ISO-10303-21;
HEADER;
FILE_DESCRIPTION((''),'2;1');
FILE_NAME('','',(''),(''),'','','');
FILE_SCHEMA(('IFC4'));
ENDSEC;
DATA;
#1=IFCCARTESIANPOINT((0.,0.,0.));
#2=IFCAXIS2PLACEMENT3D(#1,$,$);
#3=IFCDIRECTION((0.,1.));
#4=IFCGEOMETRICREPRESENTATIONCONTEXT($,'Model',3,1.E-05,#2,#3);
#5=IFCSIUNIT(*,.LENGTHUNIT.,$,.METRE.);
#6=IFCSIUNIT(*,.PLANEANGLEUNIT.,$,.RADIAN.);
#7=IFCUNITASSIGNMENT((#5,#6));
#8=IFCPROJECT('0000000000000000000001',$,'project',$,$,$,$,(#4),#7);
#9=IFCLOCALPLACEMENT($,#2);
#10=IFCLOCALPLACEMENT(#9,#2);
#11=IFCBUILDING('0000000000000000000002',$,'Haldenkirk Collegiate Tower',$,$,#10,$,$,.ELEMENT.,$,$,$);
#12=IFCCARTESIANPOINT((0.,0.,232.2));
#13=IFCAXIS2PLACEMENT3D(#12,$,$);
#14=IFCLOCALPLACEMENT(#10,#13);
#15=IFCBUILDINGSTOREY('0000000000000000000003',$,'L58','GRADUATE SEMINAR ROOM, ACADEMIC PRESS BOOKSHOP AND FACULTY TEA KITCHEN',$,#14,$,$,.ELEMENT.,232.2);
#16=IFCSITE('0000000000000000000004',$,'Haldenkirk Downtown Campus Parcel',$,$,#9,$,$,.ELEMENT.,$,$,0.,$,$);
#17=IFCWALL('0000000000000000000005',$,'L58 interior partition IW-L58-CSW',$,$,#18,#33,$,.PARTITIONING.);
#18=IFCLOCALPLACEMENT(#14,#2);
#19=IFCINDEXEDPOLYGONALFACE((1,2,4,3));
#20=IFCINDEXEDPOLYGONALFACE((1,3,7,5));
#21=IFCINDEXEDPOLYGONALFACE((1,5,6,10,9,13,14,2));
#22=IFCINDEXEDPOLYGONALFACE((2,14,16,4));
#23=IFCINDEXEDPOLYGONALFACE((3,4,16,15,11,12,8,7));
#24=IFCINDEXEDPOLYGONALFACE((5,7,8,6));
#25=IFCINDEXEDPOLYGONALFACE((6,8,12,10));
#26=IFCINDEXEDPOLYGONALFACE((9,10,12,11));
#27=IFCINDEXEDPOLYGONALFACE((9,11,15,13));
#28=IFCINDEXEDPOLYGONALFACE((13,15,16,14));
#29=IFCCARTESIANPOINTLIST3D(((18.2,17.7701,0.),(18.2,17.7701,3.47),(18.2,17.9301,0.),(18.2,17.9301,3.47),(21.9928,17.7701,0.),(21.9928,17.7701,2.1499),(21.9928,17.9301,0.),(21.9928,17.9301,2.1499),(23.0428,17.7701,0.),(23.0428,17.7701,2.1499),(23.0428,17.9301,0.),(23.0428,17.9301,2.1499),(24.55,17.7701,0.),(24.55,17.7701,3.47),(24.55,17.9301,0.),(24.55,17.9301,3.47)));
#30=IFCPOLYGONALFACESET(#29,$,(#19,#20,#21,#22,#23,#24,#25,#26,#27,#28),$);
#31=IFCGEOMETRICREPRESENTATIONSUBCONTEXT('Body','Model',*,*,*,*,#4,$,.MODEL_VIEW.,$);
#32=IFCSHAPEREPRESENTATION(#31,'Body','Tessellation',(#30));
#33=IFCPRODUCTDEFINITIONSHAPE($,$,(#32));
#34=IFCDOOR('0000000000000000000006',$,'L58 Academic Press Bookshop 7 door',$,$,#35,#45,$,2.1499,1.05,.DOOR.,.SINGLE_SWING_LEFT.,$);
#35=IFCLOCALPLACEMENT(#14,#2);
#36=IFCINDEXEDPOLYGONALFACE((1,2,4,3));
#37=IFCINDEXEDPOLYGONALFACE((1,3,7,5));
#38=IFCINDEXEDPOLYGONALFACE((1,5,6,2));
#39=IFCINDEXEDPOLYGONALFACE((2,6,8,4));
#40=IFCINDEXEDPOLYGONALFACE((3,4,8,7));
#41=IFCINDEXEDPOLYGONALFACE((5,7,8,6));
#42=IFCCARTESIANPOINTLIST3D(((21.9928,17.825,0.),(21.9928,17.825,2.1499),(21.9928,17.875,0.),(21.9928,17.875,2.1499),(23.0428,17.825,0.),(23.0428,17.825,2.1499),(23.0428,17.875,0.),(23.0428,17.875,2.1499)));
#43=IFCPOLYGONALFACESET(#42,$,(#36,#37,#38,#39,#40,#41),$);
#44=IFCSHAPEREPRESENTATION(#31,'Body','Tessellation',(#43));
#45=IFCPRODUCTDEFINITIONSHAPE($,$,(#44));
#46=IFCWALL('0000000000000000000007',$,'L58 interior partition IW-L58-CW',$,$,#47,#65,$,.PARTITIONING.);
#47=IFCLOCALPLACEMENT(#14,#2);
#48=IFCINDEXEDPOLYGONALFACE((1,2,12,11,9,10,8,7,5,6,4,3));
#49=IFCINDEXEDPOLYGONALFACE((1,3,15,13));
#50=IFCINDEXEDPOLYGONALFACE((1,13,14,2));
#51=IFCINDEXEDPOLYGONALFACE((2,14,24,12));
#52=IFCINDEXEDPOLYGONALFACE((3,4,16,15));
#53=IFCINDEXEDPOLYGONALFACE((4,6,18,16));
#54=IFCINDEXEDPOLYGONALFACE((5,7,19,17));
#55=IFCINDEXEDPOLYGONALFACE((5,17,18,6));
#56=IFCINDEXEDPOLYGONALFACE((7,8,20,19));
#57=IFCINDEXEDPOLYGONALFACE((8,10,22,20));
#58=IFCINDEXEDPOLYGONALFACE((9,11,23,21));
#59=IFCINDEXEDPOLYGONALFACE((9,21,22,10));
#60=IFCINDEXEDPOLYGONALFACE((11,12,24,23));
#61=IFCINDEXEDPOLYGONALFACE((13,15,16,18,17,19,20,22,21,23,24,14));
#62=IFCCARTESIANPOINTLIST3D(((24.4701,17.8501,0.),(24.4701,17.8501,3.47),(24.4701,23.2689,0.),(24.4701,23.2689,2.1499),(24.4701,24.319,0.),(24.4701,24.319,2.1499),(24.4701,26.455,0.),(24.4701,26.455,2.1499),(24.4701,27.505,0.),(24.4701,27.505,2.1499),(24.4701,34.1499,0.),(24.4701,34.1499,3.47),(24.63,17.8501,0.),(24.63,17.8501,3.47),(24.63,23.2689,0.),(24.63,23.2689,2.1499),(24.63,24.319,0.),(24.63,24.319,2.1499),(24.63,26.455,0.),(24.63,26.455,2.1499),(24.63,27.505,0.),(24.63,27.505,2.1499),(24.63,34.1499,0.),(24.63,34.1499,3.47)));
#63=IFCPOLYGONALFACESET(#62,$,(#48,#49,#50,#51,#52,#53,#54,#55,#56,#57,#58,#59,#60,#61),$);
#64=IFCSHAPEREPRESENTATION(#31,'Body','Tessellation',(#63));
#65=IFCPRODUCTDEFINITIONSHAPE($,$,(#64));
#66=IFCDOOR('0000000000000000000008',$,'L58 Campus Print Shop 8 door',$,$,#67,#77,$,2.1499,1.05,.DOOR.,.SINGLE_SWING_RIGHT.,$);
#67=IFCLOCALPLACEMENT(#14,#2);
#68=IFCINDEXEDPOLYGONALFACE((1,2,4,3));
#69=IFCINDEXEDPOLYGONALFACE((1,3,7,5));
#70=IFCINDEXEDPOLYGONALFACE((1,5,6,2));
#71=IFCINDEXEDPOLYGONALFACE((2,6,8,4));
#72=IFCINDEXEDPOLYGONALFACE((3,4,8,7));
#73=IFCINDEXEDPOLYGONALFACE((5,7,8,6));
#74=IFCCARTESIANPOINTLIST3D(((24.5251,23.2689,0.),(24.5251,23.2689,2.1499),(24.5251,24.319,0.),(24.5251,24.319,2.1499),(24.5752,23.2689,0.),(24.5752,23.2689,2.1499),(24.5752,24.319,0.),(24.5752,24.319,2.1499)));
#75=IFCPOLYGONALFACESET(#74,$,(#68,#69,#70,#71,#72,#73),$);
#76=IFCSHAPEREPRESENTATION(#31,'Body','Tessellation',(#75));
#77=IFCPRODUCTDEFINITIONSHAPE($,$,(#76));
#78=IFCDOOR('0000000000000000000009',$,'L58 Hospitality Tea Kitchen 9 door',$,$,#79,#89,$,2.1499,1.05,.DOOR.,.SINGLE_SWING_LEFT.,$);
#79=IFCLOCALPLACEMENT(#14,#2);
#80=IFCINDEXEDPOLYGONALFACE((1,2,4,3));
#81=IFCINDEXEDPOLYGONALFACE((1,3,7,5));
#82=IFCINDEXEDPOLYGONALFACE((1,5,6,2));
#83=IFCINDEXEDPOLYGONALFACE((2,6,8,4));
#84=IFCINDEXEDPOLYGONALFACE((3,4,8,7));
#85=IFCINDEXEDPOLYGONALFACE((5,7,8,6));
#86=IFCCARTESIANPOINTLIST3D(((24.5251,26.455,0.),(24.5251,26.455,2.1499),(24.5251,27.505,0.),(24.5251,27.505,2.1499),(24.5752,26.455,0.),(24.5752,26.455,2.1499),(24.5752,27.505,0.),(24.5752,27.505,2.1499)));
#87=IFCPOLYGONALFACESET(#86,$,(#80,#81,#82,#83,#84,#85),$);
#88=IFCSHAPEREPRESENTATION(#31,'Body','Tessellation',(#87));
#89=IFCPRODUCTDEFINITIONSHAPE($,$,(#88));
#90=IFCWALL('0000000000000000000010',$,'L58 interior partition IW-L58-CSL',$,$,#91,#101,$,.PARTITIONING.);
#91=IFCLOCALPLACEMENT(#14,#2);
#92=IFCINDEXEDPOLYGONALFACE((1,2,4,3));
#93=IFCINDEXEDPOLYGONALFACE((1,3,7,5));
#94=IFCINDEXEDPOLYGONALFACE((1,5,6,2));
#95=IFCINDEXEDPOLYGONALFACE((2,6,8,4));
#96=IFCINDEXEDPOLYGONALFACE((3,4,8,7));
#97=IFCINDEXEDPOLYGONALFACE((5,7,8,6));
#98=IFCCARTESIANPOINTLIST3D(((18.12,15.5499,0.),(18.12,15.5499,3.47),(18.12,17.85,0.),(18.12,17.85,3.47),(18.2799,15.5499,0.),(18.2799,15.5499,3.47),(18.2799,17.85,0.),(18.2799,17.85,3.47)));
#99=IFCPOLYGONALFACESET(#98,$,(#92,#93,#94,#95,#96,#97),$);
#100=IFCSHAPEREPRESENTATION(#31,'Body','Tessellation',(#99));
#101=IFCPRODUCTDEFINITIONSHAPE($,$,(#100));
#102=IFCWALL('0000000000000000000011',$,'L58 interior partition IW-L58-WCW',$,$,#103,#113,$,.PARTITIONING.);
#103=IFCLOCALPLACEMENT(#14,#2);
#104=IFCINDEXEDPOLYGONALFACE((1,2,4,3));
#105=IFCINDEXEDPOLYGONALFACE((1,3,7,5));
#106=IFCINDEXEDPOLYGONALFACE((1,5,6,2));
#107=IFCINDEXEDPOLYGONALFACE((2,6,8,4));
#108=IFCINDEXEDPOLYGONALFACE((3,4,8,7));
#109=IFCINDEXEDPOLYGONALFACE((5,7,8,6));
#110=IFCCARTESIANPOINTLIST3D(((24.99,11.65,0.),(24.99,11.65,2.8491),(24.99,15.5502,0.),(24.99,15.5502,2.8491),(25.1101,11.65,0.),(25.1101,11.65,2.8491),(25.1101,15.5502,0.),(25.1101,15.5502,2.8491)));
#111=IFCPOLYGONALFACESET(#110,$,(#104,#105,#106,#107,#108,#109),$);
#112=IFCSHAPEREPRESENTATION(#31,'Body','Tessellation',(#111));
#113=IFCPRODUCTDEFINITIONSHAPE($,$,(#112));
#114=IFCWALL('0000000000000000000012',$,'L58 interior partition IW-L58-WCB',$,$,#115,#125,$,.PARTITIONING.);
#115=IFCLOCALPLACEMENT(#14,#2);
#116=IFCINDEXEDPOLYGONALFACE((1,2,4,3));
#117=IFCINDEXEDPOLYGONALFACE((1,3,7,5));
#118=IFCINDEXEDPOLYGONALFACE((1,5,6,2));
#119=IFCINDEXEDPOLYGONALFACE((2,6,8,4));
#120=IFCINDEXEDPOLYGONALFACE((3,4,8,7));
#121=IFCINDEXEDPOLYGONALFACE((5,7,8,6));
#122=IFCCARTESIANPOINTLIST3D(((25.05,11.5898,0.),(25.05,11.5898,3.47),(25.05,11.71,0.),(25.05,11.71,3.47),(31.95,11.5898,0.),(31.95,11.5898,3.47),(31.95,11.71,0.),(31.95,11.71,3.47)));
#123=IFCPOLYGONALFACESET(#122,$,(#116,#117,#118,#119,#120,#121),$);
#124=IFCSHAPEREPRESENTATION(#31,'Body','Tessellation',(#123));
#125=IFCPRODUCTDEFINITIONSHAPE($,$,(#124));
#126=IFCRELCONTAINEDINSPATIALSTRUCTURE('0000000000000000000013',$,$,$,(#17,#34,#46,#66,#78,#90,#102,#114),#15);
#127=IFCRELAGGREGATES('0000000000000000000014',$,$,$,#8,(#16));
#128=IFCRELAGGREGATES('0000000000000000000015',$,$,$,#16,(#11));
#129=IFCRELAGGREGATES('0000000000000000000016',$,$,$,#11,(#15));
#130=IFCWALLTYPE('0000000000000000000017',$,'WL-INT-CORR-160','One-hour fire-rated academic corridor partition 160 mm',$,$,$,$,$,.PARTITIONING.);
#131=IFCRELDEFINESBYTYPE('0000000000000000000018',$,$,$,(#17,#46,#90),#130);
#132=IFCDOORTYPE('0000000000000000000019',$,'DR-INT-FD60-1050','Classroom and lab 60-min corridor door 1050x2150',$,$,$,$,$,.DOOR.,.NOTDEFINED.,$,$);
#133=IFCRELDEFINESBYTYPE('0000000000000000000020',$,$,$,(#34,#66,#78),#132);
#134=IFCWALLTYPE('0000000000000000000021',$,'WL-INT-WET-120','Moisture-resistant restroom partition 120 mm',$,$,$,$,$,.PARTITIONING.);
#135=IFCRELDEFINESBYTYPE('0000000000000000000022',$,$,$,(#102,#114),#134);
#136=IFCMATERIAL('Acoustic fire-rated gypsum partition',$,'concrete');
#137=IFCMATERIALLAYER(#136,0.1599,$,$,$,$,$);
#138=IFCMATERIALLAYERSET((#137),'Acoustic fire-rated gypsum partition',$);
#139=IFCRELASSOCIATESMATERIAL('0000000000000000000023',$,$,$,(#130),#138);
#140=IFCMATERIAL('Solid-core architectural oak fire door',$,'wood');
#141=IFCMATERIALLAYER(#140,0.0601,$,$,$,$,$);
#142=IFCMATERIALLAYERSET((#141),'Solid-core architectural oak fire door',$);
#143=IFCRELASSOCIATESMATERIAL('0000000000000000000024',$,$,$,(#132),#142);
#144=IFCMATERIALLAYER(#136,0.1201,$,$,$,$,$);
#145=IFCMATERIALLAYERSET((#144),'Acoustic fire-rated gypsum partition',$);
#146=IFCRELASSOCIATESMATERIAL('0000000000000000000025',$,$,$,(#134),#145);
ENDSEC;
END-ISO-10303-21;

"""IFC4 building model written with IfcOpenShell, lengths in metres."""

from ifc_helpers import new_model, si_unit, direction, frame, frame_2d, origin, place, context, subcontext, project, spatial, rectangle, extrude, material, layer, layer_set, type_object, element, fill, save


model = new_model("IFC4")

# Units and contexts
model_context = context("Model", 3, precision=1e-05, world=origin(), true_north=direction((0.0, 1.0)))
body_context = subcontext(model_context, "Body", "Model", "MODEL_VIEW")
ifc_project = project(units=[si_unit("LENGTHUNIT", "METRE"), si_unit("PLANEANGLEUNIT", "RADIAN")], contexts=[model_context])

# Site, building, storey
site_placement = place(None, origin())
site = spatial("IfcSite", under=ifc_project, at=site_placement, Name="Haldenkirk Downtown Campus Parcel", CompositionType="ELEMENT", RefElevation=0.0)
building_placement = place(site_placement, origin())
building = spatial("IfcBuilding", under=site, at=building_placement, Name="Haldenkirk Collegiate Tower", CompositionType="ELEMENT")
storey_placement = place(building_placement, frame((0.0, 0.0, 232.2)))
storey = spatial("IfcBuildingStorey", under=building, at=storey_placement, Name="L58", Description="GRADUATE SEMINAR ROOM, ACADEMIC PRESS BOOKSHOP AND FACULTY TEA KITCHEN", CompositionType="ELEMENT", Elevation=232.2)

# Shared definitions
ifc_material_1 = material(Name="Acoustic fire-rated gypsum partition", Category="concrete")
ifc_layer_1 = layer(ifc_material_1, 0.1599)
ifc_layer_set_1 = layer_set([ifc_layer_1], Name="Acoustic fire-rated gypsum partition")
wall_type_1 = type_object("IfcWallType", Name="WL-INT-CORR-160", Description="One-hour fire-rated academic corridor partition 160 mm", PredefinedType="PARTITIONING", material=ifc_layer_set_1)
ifc_material_2 = material(Name="Solid-core architectural oak fire door", Category="wood")
ifc_layer_2 = layer(ifc_material_2, 0.0601)
ifc_layer_set_2 = layer_set([ifc_layer_2], Name="Solid-core architectural oak fire door")
door_type_1 = type_object("IfcDoorType", Name="DR-INT-FD60-1050", Description="Classroom and lab 60-min corridor door 1050x2150", OperationType="NOTDEFINED", PredefinedType="DOOR", material=ifc_layer_set_2)

# Wall, opening, door
wall_1_placement = place(storey_placement, frame((18.2, 17.8501, 0.0), z_axis=(0.0, 0.0, 1.0), x_axis=(1.0, 0.0, 0.0)))
wall_1 = element("IfcWall", 1, at=wall_1_placement, inside=storey, type_object=wall_type_1, Name="L58 interior partition IW-L58-CSW", PredefinedType="PARTITIONING", context=body_context, shape_type="SweptSolid", body=[
    extrude(rectangle(XDim=6.3501, YDim=0.1599, at=frame_2d((3.175, 0.0))), origin(), (0.0, 0.0, 1.0), 3.47),
])
opening_1_placement = place(wall_1_placement, frame((3.793, 0.0, 0.0)))
opening_1 = element("IfcOpeningElement", 2, at=opening_1_placement, cuts=wall_1, PredefinedType="OPENING", context=body_context, shape_type="SweptSolid", body=[
    extrude(rectangle(XDim=1.05, YDim=2.1499, at=frame_2d((0.5249, 1.075))), frame((0.0, 0.0898, 0.0), z_axis=(0.0, -1.0, 0.0), x_axis=(1.0, 0.0, 0.0)), (0.0, 0.0, 1.0), 0.1799),
])
door_1_placement = place(opening_1_placement, origin())
door_1 = element("IfcDoor", 3, at=door_1_placement, inside=storey, type_object=door_type_1, Name="L58 Academic Press Bookshop 7 door", OperationType="SINGLE_SWING_LEFT", OverallHeight=2.1499, OverallWidth=1.05, PredefinedType="DOOR", context=body_context, shape_type="SweptSolid", body=[
    extrude(rectangle(XDim=1.05, YDim=2.1499, at=frame_2d((0.5249, 1.075))), frame((0.0, 0.0249, 0.0), z_axis=(0.0, -1.0, 0.0), x_axis=(1.0, 0.0, 0.0)), (0.0, 0.0, 1.0), 0.05),
])
fill(opening_1, door_1)

# Wall, openings, doors
wall_2_placement = place(storey_placement, frame((24.55, 17.8501, 0.0), z_axis=(0.0, 0.0, 1.0), x_axis=(0.0, 1.0, 0.0)))
wall_2 = element("IfcWall", 4, at=wall_2_placement, inside=storey, type_object=wall_type_1, Name="L58 interior partition IW-L58-CW", PredefinedType="PARTITIONING", context=body_context, shape_type="SweptSolid", body=[
    extrude(rectangle(XDim=16.2998, YDim=0.1599, at=frame_2d((8.1499, 0.0))), origin(), (0.0, 0.0, 1.0), 3.47),
])
opening_2_placement = place(wall_2_placement, frame((5.4189, 0.0, 0.0)))
opening_2 = element("IfcOpeningElement", 5, at=opening_2_placement, cuts=wall_2, PredefinedType="OPENING", context=body_context, shape_type="SweptSolid", body=[
    extrude(rectangle(XDim=1.05, YDim=2.1499, at=frame_2d((0.5249, 1.075))), frame((0.0, 0.0898, 0.0), z_axis=(0.0, -1.0, 0.0), x_axis=(1.0, 0.0, 0.0)), (0.0, 0.0, 1.0), 0.1799),
])
opening_3_placement = place(wall_2_placement, frame((8.605, 0.0, 0.0)))
opening_3 = element("IfcOpeningElement", 6, at=opening_3_placement, cuts=wall_2, PredefinedType="OPENING", context=body_context, shape_type="SweptSolid", body=[
    extrude(rectangle(XDim=1.05, YDim=2.1499, at=frame_2d((0.5249, 1.075))), frame((0.0, 0.0898, 0.0), z_axis=(0.0, -1.0, 0.0), x_axis=(1.0, 0.0, 0.0)), (0.0, 0.0, 1.0), 0.1799),
])
door_2_placement = place(opening_2_placement, origin())
door_2 = element("IfcDoor", 7, at=door_2_placement, inside=storey, type_object=door_type_1, Name="L58 Campus Print Shop 8 door", OperationType="SINGLE_SWING_RIGHT", OverallHeight=2.1499, OverallWidth=1.05, PredefinedType="DOOR", context=body_context, shape_type="SweptSolid", body=[
    extrude(rectangle(XDim=1.05, YDim=2.1499, at=frame_2d((0.5249, 1.075))), frame((0.0, 0.0249, 0.0), z_axis=(0.0, -1.0, 0.0), x_axis=(1.0, 0.0, 0.0)), (0.0, 0.0, 1.0), 0.05),
])
fill(opening_2, door_2)
door_3_placement = place(opening_3_placement, origin())
door_3 = element("IfcDoor", 8, at=door_3_placement, inside=storey, type_object=door_type_1, Name="L58 Hospitality Tea Kitchen 9 door", OperationType="SINGLE_SWING_LEFT", OverallHeight=2.1499, OverallWidth=1.05, PredefinedType="DOOR", context=body_context, shape_type="SweptSolid", body=[
    extrude(rectangle(XDim=1.05, YDim=2.1499, at=frame_2d((0.5249, 1.075))), frame((0.0, 0.0249, 0.0), z_axis=(0.0, -1.0, 0.0), x_axis=(1.0, 0.0, 0.0)), (0.0, 0.0, 1.0), 0.05),
])
fill(opening_3, door_3)

# Walls
wall_3_placement = place(storey_placement, frame((18.2, 15.55, 0.0), z_axis=(0.0, 0.0, 1.0), x_axis=(0.0, 1.0, 0.0)))
element("IfcWall", 9, at=wall_3_placement, inside=storey, type_object=wall_type_1, Name="L58 interior partition IW-L58-CSL", PredefinedType="PARTITIONING", context=body_context, shape_type="SweptSolid", body=[
    extrude(rectangle(XDim=2.3, YDim=0.1599, at=frame_2d((1.1499, 0.0))), origin(), (0.0, 0.0, 1.0), 3.47),
])
ifc_layer_3 = layer(ifc_material_1, 0.1201)
ifc_layer_set_3 = layer_set([ifc_layer_3], Name="Acoustic fire-rated gypsum partition")
wall_type_2 = type_object("IfcWallType", Name="WL-INT-WET-120", Description="Moisture-resistant restroom partition 120 mm", PredefinedType="PARTITIONING", material=ifc_layer_set_3)
wall_4_placement = place(storey_placement, frame((25.05, 11.6499, 0.0), z_axis=(0.0, 0.0, 1.0), x_axis=(0.0, 1.0, 0.0)))
element("IfcWall", 10, at=wall_4_placement, inside=storey, type_object=wall_type_2, Name="L58 interior partition IW-L58-WCW", PredefinedType="PARTITIONING", context=body_context, shape_type="SweptSolid", body=[
    extrude(rectangle(XDim=3.9001, YDim=0.1201, at=frame_2d((1.9502, 0.0))), origin(), (0.0, 0.0, 1.0), 2.8491),
])
wall_5_placement = place(storey_placement, frame((25.05, 11.6499, 0.0), z_axis=(0.0, 0.0, 1.0), x_axis=(1.0, 0.0, 0.0)))
element("IfcWall", 11, at=wall_5_placement, inside=storey, type_object=wall_type_2, Name="L58 interior partition IW-L58-WCB", PredefinedType="PARTITIONING", context=body_context, shape_type="SweptSolid", body=[
    extrude(rectangle(XDim=6.8999, YDim=0.1201, at=frame_2d((3.45, 0.0))), origin(), (0.0, 0.0, 1.0), 3.47),
])

save(model, "model.ifc")
